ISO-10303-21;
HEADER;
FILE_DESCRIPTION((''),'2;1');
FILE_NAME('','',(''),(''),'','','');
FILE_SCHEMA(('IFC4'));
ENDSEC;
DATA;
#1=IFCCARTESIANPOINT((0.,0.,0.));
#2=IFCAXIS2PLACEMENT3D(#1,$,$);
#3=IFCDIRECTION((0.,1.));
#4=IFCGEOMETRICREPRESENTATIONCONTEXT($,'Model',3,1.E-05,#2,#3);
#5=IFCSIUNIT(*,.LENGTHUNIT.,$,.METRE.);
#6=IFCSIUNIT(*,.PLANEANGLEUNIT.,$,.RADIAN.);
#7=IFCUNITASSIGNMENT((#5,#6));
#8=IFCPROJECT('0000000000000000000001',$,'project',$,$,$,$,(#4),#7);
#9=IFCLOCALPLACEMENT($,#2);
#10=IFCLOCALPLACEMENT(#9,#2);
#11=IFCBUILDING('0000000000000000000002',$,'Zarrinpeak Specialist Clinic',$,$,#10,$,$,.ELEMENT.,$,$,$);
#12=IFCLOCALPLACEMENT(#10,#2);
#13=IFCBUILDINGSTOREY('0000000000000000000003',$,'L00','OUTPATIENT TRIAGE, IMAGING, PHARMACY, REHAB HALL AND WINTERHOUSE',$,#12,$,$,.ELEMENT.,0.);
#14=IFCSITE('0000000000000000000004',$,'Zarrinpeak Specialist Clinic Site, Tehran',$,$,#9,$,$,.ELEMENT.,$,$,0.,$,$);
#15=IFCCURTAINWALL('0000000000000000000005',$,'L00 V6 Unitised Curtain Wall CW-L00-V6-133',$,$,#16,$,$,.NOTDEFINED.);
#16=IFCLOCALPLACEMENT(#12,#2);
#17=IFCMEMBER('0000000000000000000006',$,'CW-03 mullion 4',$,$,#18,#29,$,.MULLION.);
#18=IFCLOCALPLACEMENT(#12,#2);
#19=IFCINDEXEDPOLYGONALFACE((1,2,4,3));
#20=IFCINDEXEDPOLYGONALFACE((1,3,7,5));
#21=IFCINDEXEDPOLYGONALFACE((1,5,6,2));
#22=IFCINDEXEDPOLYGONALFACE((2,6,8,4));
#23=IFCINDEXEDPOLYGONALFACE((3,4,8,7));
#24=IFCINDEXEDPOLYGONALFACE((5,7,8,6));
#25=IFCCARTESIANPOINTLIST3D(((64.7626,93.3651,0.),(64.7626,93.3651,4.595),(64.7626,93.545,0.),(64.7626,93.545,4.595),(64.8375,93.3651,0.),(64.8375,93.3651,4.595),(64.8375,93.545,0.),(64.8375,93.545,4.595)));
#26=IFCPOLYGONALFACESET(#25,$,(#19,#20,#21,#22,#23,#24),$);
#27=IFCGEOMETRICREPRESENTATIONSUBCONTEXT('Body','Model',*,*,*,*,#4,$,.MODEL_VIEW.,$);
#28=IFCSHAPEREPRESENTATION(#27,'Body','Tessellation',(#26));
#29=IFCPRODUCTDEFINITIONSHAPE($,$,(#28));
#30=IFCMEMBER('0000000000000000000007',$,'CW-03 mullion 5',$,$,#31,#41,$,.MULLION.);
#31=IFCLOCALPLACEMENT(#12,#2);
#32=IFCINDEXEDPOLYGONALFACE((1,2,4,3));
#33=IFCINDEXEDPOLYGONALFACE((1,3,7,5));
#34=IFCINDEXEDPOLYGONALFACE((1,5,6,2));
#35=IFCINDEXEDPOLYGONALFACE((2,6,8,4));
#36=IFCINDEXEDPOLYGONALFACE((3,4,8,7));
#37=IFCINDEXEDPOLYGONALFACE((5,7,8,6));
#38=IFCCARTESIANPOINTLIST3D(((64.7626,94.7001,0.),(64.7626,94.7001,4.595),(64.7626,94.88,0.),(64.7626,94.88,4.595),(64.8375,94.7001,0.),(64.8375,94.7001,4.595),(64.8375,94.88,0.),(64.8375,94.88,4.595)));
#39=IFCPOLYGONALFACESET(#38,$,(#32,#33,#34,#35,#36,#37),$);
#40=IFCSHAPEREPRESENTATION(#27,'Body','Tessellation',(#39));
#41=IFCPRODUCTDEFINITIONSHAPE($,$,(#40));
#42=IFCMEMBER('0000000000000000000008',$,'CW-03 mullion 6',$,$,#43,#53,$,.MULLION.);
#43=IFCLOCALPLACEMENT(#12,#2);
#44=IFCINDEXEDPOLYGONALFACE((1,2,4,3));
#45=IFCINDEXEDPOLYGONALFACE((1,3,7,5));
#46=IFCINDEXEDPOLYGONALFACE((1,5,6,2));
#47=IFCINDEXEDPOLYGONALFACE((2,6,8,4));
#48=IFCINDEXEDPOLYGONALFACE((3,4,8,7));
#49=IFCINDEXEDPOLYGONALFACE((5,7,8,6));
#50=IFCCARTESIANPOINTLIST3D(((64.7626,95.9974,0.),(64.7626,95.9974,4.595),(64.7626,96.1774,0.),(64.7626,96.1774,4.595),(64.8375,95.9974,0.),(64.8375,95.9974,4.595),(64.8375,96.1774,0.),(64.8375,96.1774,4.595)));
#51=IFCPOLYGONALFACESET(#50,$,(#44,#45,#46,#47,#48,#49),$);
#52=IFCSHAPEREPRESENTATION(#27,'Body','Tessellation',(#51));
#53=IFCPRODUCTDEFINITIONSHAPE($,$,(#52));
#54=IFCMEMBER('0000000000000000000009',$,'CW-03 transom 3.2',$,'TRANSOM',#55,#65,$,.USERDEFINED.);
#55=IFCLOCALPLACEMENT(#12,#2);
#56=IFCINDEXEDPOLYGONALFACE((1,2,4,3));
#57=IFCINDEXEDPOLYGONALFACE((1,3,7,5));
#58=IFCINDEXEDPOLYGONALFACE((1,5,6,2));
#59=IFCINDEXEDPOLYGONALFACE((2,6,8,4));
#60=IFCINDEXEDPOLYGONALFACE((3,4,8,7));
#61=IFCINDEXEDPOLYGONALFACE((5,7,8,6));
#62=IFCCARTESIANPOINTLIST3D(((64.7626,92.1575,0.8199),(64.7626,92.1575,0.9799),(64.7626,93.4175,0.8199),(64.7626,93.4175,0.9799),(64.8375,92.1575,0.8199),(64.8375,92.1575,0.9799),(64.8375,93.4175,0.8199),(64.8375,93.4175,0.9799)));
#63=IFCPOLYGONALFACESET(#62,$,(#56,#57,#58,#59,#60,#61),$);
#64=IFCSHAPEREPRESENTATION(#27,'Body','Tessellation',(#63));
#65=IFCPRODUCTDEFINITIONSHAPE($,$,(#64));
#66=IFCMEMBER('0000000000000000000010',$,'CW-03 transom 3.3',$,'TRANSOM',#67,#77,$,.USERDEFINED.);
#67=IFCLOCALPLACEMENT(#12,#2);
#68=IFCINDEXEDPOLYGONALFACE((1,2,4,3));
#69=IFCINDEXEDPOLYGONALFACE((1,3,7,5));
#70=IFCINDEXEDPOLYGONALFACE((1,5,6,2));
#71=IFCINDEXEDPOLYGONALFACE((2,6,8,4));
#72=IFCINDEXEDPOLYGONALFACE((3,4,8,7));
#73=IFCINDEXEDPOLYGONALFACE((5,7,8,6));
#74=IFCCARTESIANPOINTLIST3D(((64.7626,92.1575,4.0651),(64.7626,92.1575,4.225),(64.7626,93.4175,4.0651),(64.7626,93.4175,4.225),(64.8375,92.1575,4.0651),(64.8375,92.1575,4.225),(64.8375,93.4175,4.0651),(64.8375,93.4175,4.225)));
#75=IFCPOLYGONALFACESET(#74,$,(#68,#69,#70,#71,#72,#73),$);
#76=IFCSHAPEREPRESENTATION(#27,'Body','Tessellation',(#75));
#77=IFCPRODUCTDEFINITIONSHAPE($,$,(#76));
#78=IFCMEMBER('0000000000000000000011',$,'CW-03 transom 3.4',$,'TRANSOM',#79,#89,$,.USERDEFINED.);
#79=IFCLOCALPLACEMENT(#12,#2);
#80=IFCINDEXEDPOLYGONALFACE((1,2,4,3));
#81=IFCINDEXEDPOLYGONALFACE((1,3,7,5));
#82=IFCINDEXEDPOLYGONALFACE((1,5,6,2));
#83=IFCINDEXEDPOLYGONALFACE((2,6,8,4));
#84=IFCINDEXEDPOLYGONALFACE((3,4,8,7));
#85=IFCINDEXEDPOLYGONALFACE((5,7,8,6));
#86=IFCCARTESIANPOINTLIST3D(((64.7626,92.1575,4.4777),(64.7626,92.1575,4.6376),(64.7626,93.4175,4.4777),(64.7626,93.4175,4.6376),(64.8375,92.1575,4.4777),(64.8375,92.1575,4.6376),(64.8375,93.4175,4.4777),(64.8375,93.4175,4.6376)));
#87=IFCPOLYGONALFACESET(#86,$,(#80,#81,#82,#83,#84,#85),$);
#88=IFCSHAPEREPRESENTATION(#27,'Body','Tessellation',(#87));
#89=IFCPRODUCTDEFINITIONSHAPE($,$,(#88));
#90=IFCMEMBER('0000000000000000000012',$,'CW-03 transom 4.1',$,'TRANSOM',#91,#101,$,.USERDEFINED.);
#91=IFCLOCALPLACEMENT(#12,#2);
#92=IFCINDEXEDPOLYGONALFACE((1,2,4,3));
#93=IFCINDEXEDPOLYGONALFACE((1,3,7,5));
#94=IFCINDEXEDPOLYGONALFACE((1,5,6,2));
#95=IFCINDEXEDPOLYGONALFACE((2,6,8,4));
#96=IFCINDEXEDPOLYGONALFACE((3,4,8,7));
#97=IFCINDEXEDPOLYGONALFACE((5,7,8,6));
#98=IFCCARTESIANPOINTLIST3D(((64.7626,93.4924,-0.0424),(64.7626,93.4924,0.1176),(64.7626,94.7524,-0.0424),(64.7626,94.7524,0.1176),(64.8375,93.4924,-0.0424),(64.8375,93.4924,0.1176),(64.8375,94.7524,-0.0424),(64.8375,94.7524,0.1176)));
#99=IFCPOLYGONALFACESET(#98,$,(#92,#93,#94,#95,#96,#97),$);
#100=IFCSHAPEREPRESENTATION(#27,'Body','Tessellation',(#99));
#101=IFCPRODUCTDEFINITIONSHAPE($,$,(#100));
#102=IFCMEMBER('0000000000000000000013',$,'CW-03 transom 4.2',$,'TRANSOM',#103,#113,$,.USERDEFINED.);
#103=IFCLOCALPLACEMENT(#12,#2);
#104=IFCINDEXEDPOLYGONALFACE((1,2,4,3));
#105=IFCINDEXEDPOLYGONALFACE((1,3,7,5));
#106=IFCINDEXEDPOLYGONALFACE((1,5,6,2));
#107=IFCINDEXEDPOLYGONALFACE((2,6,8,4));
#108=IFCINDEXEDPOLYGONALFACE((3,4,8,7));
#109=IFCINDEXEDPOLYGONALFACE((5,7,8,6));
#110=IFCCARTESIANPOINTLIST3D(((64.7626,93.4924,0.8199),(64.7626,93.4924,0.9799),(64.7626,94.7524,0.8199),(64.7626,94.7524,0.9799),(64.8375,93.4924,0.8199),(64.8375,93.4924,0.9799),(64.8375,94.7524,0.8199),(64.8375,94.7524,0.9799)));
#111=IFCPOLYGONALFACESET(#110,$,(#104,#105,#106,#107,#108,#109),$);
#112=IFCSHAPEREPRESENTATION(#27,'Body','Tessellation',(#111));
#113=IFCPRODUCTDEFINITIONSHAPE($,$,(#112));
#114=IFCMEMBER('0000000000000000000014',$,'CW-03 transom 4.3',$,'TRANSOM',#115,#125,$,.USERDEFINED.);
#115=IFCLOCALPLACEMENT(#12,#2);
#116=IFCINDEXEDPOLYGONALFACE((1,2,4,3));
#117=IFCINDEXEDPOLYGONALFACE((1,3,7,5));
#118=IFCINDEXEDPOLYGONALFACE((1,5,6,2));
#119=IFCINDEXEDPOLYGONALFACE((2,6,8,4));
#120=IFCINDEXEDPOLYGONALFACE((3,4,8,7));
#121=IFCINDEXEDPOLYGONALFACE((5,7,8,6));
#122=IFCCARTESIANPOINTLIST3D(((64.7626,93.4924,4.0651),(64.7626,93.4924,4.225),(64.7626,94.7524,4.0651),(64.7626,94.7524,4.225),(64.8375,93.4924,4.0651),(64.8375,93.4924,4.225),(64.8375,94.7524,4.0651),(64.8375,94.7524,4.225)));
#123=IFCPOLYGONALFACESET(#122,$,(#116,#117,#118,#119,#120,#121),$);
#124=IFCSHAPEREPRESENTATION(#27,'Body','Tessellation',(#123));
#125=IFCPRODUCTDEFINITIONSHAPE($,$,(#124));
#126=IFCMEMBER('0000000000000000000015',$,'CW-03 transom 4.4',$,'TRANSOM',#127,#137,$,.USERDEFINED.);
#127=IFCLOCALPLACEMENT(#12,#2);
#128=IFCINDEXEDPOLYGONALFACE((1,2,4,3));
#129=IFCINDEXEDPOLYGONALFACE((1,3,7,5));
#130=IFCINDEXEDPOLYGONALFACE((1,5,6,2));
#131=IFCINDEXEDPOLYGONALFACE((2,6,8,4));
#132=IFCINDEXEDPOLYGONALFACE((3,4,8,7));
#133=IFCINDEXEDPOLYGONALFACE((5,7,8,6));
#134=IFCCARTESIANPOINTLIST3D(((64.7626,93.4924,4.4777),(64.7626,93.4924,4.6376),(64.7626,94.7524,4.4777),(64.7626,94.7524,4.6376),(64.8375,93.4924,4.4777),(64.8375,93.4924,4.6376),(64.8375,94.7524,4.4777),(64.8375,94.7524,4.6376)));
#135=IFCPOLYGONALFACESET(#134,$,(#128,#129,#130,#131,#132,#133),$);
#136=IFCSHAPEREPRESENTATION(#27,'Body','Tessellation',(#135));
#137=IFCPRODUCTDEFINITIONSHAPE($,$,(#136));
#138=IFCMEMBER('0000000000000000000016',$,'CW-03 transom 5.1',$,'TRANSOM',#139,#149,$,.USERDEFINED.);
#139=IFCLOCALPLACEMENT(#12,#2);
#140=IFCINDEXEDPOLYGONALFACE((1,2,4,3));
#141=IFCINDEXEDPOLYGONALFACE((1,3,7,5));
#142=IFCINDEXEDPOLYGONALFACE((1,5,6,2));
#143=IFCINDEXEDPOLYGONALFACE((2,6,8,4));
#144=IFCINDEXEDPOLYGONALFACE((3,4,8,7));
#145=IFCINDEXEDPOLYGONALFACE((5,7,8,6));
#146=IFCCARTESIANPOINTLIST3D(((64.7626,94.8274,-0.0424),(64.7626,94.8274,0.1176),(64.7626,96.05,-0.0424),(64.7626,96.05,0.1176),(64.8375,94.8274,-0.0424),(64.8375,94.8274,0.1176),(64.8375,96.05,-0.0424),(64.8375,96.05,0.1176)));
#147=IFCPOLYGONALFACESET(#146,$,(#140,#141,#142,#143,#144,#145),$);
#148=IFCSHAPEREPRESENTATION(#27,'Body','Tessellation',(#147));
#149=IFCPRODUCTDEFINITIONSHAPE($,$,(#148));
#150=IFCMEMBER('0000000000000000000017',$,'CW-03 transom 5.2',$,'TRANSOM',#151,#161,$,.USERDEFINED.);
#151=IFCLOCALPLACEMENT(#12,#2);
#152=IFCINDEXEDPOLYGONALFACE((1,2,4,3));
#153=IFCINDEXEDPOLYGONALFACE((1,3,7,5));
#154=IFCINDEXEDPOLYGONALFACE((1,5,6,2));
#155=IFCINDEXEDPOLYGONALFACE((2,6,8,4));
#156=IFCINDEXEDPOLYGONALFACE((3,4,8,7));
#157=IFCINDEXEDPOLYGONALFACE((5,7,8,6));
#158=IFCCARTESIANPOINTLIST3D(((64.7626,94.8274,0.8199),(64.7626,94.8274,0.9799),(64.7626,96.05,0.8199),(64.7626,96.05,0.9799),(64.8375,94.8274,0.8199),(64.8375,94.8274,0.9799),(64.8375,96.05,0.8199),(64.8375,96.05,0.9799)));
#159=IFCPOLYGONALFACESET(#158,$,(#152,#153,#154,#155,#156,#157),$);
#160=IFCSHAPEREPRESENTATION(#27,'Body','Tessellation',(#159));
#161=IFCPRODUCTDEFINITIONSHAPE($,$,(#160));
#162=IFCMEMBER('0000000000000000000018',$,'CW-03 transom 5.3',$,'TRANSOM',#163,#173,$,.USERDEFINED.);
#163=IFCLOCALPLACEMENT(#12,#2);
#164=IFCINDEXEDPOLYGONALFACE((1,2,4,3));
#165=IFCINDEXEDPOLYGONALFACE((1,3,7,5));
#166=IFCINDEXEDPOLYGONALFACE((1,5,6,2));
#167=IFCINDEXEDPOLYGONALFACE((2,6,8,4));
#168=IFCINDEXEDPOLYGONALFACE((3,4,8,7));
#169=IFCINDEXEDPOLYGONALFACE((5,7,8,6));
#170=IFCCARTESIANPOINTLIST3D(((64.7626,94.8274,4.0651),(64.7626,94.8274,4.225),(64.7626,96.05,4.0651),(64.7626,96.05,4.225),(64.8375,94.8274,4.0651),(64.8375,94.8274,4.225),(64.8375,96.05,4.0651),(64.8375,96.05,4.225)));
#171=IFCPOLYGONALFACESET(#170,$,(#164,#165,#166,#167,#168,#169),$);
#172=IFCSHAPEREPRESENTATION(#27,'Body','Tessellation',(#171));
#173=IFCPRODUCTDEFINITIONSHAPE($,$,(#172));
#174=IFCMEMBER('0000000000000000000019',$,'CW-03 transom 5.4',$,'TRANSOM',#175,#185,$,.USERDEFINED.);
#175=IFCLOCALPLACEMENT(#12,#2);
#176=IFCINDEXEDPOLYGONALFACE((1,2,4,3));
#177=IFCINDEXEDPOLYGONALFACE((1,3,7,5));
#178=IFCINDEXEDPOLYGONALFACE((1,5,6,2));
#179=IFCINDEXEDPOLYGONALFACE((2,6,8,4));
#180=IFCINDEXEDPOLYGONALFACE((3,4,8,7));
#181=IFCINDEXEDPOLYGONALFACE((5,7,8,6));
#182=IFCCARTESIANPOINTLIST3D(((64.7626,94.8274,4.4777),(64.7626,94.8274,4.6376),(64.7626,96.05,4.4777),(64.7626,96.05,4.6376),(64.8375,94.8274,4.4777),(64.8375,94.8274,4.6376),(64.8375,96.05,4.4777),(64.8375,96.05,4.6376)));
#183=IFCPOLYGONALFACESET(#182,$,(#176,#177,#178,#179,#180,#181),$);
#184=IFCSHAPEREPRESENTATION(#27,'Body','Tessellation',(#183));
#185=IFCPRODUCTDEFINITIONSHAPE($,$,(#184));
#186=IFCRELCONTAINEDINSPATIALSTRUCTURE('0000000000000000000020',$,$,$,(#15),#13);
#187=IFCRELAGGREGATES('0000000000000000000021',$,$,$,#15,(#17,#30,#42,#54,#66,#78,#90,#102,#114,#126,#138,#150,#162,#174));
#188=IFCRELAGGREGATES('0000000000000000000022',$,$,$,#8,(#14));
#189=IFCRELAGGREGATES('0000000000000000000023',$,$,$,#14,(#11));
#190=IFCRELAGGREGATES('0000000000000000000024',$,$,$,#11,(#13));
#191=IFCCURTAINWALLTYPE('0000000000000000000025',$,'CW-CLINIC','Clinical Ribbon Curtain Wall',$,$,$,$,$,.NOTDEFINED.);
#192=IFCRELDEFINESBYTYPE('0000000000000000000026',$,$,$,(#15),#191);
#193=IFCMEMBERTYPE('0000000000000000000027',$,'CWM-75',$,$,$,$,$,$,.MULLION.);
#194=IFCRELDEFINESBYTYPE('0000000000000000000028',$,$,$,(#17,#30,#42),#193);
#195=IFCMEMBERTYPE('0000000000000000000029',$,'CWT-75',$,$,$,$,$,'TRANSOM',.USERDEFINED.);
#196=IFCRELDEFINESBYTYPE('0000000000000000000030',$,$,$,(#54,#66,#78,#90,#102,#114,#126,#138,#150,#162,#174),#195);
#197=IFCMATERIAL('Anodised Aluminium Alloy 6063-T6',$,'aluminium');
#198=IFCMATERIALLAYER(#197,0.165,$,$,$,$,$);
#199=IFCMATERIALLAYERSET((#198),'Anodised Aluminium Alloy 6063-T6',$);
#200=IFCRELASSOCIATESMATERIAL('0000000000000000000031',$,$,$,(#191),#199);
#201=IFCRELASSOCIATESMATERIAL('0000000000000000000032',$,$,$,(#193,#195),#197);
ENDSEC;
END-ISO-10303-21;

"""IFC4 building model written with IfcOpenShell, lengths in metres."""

from ifc_helpers import new_model, si_unit, direction, frame, origin, origin_2d, place, context, subcontext, project, spatial, rectangle, extrude, material, layer, layer_set, material_profile, profile_set, type_object, element, aggregate, save


model = new_model("IFC4")

# Units and contexts
model_context = context("Model", 3, precision=1e-05, world=origin(), true_north=direction((0.0, 1.0)))
body_context = subcontext(model_context, "Body", "Model", "MODEL_VIEW")
ifc_project = project(units=[si_unit("LENGTHUNIT", "METRE"), si_unit("PLANEANGLEUNIT", "RADIAN")], contexts=[model_context])

# Site, building, storey
site_placement = place(None, origin())
site = spatial("IfcSite", under=ifc_project, at=site_placement, Name="Zarrinpeak Specialist Clinic Site, Tehran", CompositionType="ELEMENT", RefElevation=0.0)
building_placement = place(site_placement, origin())
building = spatial("IfcBuilding", under=site, at=building_placement, Name="Zarrinpeak Specialist Clinic", CompositionType="ELEMENT")
storey_placement = place(building_placement, origin())
storey = spatial("IfcBuildingStorey", under=building, at=storey_placement, Name="L00", Description="OUTPATIENT TRIAGE, IMAGING, PHARMACY, REHAB HALL AND WINTERHOUSE", CompositionType="ELEMENT", Elevation=0.0)

# Curtain wall, members
ifc_material_1 = material(Name="Anodised Aluminium Alloy 6063-T6", Category="aluminium")
ifc_layer_1 = layer(ifc_material_1, 0.165)
ifc_layer_set_1 = layer_set([ifc_layer_1], Name="Anodised Aluminium Alloy 6063-T6")
curtain_wall_type = type_object("IfcCurtainWallType", Name="CW-CLINIC", Description="Clinical Ribbon Curtain Wall", PredefinedType="NOTDEFINED", material=ifc_layer_set_1)
curtain_wall_placement = place(storey_placement, origin())
curtain_wall = element("IfcCurtainWall", 1, at=curtain_wall_placement, inside=storey, type_object=curtain_wall_type, Name="L00 V6 Unitised Curtain Wall CW-L00-V6-133", PredefinedType="NOTDEFINED")
ifc_material_profile_1 = material_profile(ifc_material_1, rectangle(XDim=0.075, YDim=0.1799, at=origin_2d()), Name="ALU 75x180")
ifc_profile_set_1 = profile_set([ifc_material_profile_1], Name="Anodised Aluminium Alloy 6063-T6")
member_type_1 = type_object("IfcMemberType", Name="CWM-75", PredefinedType="MULLION", material=ifc_profile_set_1)
member_1_placement = place(storey_placement, frame((64.8, 93.4551, 0.0), z_axis=(0.0, 0.0, 1.0), x_axis=(-1.0, 0.0, 0.0)))
member_1 = element("IfcMember", 2, at=member_1_placement, type_object=member_type_1, Name="CW-03 mullion 4", PredefinedType="MULLION", context=body_context, shape_type="SweptSolid", body=[
    extrude(rectangle(XDim=0.075, YDim=0.1799, at=origin_2d()), origin(), (0.0, 0.0, 1.0), 4.595),
])
member_2_placement = place(storey_placement, frame((64.8, 94.79, 0.0), z_axis=(0.0, 0.0, 1.0), x_axis=(-1.0, 0.0, 0.0)))
member_2 = element("IfcMember", 3, at=member_2_placement, type_object=member_type_1, Name="CW-03 mullion 5", PredefinedType="MULLION", context=body_context, shape_type="SweptSolid", body=[
    extrude(rectangle(XDim=0.075, YDim=0.1799, at=origin_2d()), origin(), (0.0, 0.0, 1.0), 4.595),
])
member_3_placement = place(storey_placement, frame((64.8, 96.0874, 0.0), z_axis=(0.0, 0.0, 1.0), x_axis=(-1.0, 0.0, 0.0)))
member_3 = element("IfcMember", 4, at=member_3_placement, type_object=member_type_1, Name="CW-03 mullion 6", PredefinedType="MULLION", context=body_context, shape_type="SweptSolid", body=[
    extrude(rectangle(XDim=0.075, YDim=0.1799, at=origin_2d()), origin(), (0.0, 0.0, 1.0), 4.595),
])
ifc_material_profile_2 = material_profile(ifc_material_1, rectangle(XDim=0.075, YDim=0.1599, at=origin_2d()), Name="ALU 75x160")
ifc_profile_set_2 = profile_set([ifc_material_profile_2], Name="Anodised Aluminium Alloy 6063-T6")
member_type_2 = type_object("IfcMemberType", Name="CWT-75", ElementType="TRANSOM", PredefinedType="USERDEFINED", material=ifc_profile_set_2)
member_4_placement = place(storey_placement, frame((64.8, 92.1575, 0.8999), z_axis=(0.0, 1.0, 0.0), x_axis=(-1.0, 0.0, 0.0)))
member_4 = element("IfcMember", 5, at=member_4_placement, type_object=member_type_2, Name="CW-03 transom 3.2", ObjectType="TRANSOM", PredefinedType="USERDEFINED", context=body_context, shape_type="SweptSolid", body=[
    extrude(rectangle(XDim=0.075, YDim=0.1599, at=origin_2d()), origin(), (0.0, 0.0, 1.0), 1.26),
])
member_5_placement = place(storey_placement, frame((64.8, 92.1575, 4.145), z_axis=(0.0, 1.0, 0.0), x_axis=(-1.0, 0.0, 0.0)))
member_5 = element("IfcMember", 6, at=member_5_placement, type_object=member_type_2, Name="CW-03 transom 3.3", ObjectType="TRANSOM", PredefinedType="USERDEFINED", context=body_context, shape_type="SweptSolid", body=[
    extrude(rectangle(XDim=0.075, YDim=0.1599, at=origin_2d()), origin(), (0.0, 0.0, 1.0), 1.26),
])
member_6_placement = place(storey_placement, frame((64.8, 92.1575, 4.5576), z_axis=(0.0, 1.0, 0.0), x_axis=(-1.0, 0.0, 0.0)))
member_6 = element("IfcMember", 7, at=member_6_placement, type_object=member_type_2, Name="CW-03 transom 3.4", ObjectType="TRANSOM", PredefinedType="USERDEFINED", context=body_context, shape_type="SweptSolid", body=[
    extrude(rectangle(XDim=0.075, YDim=0.1599, at=origin_2d()), origin(), (0.0, 0.0, 1.0), 1.26),
])
member_7_placement = place(storey_placement, frame((64.8, 93.4924, 0.0376), z_axis=(0.0, 1.0, 0.0), x_axis=(-1.0, 0.0, 0.0)))
member_7 = element("IfcMember", 8, at=member_7_placement, type_object=member_type_2, Name="CW-03 transom 4.1", ObjectType="TRANSOM", PredefinedType="USERDEFINED", context=body_context, shape_type="SweptSolid", body=[
    extrude(rectangle(XDim=0.075, YDim=0.1599, at=origin_2d()), origin(), (0.0, 0.0, 1.0), 1.26),
])
member_8_placement = place(storey_placement, frame((64.8, 93.4924, 0.8999), z_axis=(0.0, 1.0, 0.0), x_axis=(-1.0, 0.0, 0.0)))
member_8 = element("IfcMember", 9, at=member_8_placement, type_object=member_type_2, Name="CW-03 transom 4.2", ObjectType="TRANSOM", PredefinedType="USERDEFINED", context=body_context, shape_type="SweptSolid", body=[
    extrude(rectangle(XDim=0.075, YDim=0.1599, at=origin_2d()), origin(), (0.0, 0.0, 1.0), 1.26),
])
member_9_placement = place(storey_placement, frame((64.8, 93.4924, 4.145), z_axis=(0.0, 1.0, 0.0), x_axis=(-1.0, 0.0, 0.0)))
member_9 = element("IfcMember", 10, at=member_9_placement, type_object=member_type_2, Name="CW-03 transom 4.3", ObjectType="TRANSOM", PredefinedType="USERDEFINED", context=body_context, shape_type="SweptSolid", body=[
    extrude(rectangle(XDim=0.075, YDim=0.1599, at=origin_2d()), origin(), (0.0, 0.0, 1.0), 1.26),
])
member_10_placement = place(storey_placement, frame((64.8, 93.4924, 4.5576), z_axis=(0.0, 1.0, 0.0), x_axis=(-1.0, 0.0, 0.0)))
member_10 = element("IfcMember", 11, at=member_10_placement, type_object=member_type_2, Name="CW-03 transom 4.4", ObjectType="TRANSOM", PredefinedType="USERDEFINED", context=body_context, shape_type="SweptSolid", body=[
    extrude(rectangle(XDim=0.075, YDim=0.1599, at=origin_2d()), origin(), (0.0, 0.0, 1.0), 1.26),
])
member_11_placement = place(storey_placement, frame((64.8, 94.8274, 0.0376), z_axis=(0.0, 1.0, 0.0), x_axis=(-1.0, 0.0, 0.0)))
member_11 = element("IfcMember", 12, at=member_11_placement, type_object=member_type_2, Name="CW-03 transom 5.1", ObjectType="TRANSOM", PredefinedType="USERDEFINED", context=body_context, shape_type="SweptSolid", body=[
    extrude(rectangle(XDim=0.075, YDim=0.1599, at=origin_2d()), origin(), (0.0, 0.0, 1.0), 1.2227),
])
member_12_placement = place(storey_placement, frame((64.8, 94.8274, 0.8999), z_axis=(0.0, 1.0, 0.0), x_axis=(-1.0, 0.0, 0.0)))
member_12 = element("IfcMember", 13, at=member_12_placement, type_object=member_type_2, Name="CW-03 transom 5.2", ObjectType="TRANSOM", PredefinedType="USERDEFINED", context=body_context, shape_type="SweptSolid", body=[
    extrude(rectangle(XDim=0.075, YDim=0.1599, at=origin_2d()), origin(), (0.0, 0.0, 1.0), 1.2227),
])
member_13_placement = place(storey_placement, frame((64.8, 94.8274, 4.145), z_axis=(0.0, 1.0, 0.0), x_axis=(-1.0, 0.0, 0.0)))
member_13 = element("IfcMember", 14, at=member_13_placement, type_object=member_type_2, Name="CW-03 transom 5.3", ObjectType="TRANSOM", PredefinedType="USERDEFINED", context=body_context, shape_type="SweptSolid", body=[
    extrude(rectangle(XDim=0.075, YDim=0.1599, at=origin_2d()), origin(), (0.0, 0.0, 1.0), 1.2227),
])
member_14_placement = place(storey_placement, frame((64.8, 94.8274, 4.5576), z_axis=(0.0, 1.0, 0.0), x_axis=(-1.0, 0.0, 0.0)))
member_14 = element("IfcMember", 15, at=member_14_placement, type_object=member_type_2, Name="CW-03 transom 5.4", ObjectType="TRANSOM", PredefinedType="USERDEFINED", context=body_context, shape_type="SweptSolid", body=[
    extrude(rectangle(XDim=0.075, YDim=0.1599, at=origin_2d()), origin(), (0.0, 0.0, 1.0), 1.2227),
])
aggregate(curtain_wall, [member_1, member_2, member_3, member_4, member_5, member_6, member_7, member_8, member_9, member_10, member_11, member_12, member_13, member_14])

save(model, "model.ifc")
